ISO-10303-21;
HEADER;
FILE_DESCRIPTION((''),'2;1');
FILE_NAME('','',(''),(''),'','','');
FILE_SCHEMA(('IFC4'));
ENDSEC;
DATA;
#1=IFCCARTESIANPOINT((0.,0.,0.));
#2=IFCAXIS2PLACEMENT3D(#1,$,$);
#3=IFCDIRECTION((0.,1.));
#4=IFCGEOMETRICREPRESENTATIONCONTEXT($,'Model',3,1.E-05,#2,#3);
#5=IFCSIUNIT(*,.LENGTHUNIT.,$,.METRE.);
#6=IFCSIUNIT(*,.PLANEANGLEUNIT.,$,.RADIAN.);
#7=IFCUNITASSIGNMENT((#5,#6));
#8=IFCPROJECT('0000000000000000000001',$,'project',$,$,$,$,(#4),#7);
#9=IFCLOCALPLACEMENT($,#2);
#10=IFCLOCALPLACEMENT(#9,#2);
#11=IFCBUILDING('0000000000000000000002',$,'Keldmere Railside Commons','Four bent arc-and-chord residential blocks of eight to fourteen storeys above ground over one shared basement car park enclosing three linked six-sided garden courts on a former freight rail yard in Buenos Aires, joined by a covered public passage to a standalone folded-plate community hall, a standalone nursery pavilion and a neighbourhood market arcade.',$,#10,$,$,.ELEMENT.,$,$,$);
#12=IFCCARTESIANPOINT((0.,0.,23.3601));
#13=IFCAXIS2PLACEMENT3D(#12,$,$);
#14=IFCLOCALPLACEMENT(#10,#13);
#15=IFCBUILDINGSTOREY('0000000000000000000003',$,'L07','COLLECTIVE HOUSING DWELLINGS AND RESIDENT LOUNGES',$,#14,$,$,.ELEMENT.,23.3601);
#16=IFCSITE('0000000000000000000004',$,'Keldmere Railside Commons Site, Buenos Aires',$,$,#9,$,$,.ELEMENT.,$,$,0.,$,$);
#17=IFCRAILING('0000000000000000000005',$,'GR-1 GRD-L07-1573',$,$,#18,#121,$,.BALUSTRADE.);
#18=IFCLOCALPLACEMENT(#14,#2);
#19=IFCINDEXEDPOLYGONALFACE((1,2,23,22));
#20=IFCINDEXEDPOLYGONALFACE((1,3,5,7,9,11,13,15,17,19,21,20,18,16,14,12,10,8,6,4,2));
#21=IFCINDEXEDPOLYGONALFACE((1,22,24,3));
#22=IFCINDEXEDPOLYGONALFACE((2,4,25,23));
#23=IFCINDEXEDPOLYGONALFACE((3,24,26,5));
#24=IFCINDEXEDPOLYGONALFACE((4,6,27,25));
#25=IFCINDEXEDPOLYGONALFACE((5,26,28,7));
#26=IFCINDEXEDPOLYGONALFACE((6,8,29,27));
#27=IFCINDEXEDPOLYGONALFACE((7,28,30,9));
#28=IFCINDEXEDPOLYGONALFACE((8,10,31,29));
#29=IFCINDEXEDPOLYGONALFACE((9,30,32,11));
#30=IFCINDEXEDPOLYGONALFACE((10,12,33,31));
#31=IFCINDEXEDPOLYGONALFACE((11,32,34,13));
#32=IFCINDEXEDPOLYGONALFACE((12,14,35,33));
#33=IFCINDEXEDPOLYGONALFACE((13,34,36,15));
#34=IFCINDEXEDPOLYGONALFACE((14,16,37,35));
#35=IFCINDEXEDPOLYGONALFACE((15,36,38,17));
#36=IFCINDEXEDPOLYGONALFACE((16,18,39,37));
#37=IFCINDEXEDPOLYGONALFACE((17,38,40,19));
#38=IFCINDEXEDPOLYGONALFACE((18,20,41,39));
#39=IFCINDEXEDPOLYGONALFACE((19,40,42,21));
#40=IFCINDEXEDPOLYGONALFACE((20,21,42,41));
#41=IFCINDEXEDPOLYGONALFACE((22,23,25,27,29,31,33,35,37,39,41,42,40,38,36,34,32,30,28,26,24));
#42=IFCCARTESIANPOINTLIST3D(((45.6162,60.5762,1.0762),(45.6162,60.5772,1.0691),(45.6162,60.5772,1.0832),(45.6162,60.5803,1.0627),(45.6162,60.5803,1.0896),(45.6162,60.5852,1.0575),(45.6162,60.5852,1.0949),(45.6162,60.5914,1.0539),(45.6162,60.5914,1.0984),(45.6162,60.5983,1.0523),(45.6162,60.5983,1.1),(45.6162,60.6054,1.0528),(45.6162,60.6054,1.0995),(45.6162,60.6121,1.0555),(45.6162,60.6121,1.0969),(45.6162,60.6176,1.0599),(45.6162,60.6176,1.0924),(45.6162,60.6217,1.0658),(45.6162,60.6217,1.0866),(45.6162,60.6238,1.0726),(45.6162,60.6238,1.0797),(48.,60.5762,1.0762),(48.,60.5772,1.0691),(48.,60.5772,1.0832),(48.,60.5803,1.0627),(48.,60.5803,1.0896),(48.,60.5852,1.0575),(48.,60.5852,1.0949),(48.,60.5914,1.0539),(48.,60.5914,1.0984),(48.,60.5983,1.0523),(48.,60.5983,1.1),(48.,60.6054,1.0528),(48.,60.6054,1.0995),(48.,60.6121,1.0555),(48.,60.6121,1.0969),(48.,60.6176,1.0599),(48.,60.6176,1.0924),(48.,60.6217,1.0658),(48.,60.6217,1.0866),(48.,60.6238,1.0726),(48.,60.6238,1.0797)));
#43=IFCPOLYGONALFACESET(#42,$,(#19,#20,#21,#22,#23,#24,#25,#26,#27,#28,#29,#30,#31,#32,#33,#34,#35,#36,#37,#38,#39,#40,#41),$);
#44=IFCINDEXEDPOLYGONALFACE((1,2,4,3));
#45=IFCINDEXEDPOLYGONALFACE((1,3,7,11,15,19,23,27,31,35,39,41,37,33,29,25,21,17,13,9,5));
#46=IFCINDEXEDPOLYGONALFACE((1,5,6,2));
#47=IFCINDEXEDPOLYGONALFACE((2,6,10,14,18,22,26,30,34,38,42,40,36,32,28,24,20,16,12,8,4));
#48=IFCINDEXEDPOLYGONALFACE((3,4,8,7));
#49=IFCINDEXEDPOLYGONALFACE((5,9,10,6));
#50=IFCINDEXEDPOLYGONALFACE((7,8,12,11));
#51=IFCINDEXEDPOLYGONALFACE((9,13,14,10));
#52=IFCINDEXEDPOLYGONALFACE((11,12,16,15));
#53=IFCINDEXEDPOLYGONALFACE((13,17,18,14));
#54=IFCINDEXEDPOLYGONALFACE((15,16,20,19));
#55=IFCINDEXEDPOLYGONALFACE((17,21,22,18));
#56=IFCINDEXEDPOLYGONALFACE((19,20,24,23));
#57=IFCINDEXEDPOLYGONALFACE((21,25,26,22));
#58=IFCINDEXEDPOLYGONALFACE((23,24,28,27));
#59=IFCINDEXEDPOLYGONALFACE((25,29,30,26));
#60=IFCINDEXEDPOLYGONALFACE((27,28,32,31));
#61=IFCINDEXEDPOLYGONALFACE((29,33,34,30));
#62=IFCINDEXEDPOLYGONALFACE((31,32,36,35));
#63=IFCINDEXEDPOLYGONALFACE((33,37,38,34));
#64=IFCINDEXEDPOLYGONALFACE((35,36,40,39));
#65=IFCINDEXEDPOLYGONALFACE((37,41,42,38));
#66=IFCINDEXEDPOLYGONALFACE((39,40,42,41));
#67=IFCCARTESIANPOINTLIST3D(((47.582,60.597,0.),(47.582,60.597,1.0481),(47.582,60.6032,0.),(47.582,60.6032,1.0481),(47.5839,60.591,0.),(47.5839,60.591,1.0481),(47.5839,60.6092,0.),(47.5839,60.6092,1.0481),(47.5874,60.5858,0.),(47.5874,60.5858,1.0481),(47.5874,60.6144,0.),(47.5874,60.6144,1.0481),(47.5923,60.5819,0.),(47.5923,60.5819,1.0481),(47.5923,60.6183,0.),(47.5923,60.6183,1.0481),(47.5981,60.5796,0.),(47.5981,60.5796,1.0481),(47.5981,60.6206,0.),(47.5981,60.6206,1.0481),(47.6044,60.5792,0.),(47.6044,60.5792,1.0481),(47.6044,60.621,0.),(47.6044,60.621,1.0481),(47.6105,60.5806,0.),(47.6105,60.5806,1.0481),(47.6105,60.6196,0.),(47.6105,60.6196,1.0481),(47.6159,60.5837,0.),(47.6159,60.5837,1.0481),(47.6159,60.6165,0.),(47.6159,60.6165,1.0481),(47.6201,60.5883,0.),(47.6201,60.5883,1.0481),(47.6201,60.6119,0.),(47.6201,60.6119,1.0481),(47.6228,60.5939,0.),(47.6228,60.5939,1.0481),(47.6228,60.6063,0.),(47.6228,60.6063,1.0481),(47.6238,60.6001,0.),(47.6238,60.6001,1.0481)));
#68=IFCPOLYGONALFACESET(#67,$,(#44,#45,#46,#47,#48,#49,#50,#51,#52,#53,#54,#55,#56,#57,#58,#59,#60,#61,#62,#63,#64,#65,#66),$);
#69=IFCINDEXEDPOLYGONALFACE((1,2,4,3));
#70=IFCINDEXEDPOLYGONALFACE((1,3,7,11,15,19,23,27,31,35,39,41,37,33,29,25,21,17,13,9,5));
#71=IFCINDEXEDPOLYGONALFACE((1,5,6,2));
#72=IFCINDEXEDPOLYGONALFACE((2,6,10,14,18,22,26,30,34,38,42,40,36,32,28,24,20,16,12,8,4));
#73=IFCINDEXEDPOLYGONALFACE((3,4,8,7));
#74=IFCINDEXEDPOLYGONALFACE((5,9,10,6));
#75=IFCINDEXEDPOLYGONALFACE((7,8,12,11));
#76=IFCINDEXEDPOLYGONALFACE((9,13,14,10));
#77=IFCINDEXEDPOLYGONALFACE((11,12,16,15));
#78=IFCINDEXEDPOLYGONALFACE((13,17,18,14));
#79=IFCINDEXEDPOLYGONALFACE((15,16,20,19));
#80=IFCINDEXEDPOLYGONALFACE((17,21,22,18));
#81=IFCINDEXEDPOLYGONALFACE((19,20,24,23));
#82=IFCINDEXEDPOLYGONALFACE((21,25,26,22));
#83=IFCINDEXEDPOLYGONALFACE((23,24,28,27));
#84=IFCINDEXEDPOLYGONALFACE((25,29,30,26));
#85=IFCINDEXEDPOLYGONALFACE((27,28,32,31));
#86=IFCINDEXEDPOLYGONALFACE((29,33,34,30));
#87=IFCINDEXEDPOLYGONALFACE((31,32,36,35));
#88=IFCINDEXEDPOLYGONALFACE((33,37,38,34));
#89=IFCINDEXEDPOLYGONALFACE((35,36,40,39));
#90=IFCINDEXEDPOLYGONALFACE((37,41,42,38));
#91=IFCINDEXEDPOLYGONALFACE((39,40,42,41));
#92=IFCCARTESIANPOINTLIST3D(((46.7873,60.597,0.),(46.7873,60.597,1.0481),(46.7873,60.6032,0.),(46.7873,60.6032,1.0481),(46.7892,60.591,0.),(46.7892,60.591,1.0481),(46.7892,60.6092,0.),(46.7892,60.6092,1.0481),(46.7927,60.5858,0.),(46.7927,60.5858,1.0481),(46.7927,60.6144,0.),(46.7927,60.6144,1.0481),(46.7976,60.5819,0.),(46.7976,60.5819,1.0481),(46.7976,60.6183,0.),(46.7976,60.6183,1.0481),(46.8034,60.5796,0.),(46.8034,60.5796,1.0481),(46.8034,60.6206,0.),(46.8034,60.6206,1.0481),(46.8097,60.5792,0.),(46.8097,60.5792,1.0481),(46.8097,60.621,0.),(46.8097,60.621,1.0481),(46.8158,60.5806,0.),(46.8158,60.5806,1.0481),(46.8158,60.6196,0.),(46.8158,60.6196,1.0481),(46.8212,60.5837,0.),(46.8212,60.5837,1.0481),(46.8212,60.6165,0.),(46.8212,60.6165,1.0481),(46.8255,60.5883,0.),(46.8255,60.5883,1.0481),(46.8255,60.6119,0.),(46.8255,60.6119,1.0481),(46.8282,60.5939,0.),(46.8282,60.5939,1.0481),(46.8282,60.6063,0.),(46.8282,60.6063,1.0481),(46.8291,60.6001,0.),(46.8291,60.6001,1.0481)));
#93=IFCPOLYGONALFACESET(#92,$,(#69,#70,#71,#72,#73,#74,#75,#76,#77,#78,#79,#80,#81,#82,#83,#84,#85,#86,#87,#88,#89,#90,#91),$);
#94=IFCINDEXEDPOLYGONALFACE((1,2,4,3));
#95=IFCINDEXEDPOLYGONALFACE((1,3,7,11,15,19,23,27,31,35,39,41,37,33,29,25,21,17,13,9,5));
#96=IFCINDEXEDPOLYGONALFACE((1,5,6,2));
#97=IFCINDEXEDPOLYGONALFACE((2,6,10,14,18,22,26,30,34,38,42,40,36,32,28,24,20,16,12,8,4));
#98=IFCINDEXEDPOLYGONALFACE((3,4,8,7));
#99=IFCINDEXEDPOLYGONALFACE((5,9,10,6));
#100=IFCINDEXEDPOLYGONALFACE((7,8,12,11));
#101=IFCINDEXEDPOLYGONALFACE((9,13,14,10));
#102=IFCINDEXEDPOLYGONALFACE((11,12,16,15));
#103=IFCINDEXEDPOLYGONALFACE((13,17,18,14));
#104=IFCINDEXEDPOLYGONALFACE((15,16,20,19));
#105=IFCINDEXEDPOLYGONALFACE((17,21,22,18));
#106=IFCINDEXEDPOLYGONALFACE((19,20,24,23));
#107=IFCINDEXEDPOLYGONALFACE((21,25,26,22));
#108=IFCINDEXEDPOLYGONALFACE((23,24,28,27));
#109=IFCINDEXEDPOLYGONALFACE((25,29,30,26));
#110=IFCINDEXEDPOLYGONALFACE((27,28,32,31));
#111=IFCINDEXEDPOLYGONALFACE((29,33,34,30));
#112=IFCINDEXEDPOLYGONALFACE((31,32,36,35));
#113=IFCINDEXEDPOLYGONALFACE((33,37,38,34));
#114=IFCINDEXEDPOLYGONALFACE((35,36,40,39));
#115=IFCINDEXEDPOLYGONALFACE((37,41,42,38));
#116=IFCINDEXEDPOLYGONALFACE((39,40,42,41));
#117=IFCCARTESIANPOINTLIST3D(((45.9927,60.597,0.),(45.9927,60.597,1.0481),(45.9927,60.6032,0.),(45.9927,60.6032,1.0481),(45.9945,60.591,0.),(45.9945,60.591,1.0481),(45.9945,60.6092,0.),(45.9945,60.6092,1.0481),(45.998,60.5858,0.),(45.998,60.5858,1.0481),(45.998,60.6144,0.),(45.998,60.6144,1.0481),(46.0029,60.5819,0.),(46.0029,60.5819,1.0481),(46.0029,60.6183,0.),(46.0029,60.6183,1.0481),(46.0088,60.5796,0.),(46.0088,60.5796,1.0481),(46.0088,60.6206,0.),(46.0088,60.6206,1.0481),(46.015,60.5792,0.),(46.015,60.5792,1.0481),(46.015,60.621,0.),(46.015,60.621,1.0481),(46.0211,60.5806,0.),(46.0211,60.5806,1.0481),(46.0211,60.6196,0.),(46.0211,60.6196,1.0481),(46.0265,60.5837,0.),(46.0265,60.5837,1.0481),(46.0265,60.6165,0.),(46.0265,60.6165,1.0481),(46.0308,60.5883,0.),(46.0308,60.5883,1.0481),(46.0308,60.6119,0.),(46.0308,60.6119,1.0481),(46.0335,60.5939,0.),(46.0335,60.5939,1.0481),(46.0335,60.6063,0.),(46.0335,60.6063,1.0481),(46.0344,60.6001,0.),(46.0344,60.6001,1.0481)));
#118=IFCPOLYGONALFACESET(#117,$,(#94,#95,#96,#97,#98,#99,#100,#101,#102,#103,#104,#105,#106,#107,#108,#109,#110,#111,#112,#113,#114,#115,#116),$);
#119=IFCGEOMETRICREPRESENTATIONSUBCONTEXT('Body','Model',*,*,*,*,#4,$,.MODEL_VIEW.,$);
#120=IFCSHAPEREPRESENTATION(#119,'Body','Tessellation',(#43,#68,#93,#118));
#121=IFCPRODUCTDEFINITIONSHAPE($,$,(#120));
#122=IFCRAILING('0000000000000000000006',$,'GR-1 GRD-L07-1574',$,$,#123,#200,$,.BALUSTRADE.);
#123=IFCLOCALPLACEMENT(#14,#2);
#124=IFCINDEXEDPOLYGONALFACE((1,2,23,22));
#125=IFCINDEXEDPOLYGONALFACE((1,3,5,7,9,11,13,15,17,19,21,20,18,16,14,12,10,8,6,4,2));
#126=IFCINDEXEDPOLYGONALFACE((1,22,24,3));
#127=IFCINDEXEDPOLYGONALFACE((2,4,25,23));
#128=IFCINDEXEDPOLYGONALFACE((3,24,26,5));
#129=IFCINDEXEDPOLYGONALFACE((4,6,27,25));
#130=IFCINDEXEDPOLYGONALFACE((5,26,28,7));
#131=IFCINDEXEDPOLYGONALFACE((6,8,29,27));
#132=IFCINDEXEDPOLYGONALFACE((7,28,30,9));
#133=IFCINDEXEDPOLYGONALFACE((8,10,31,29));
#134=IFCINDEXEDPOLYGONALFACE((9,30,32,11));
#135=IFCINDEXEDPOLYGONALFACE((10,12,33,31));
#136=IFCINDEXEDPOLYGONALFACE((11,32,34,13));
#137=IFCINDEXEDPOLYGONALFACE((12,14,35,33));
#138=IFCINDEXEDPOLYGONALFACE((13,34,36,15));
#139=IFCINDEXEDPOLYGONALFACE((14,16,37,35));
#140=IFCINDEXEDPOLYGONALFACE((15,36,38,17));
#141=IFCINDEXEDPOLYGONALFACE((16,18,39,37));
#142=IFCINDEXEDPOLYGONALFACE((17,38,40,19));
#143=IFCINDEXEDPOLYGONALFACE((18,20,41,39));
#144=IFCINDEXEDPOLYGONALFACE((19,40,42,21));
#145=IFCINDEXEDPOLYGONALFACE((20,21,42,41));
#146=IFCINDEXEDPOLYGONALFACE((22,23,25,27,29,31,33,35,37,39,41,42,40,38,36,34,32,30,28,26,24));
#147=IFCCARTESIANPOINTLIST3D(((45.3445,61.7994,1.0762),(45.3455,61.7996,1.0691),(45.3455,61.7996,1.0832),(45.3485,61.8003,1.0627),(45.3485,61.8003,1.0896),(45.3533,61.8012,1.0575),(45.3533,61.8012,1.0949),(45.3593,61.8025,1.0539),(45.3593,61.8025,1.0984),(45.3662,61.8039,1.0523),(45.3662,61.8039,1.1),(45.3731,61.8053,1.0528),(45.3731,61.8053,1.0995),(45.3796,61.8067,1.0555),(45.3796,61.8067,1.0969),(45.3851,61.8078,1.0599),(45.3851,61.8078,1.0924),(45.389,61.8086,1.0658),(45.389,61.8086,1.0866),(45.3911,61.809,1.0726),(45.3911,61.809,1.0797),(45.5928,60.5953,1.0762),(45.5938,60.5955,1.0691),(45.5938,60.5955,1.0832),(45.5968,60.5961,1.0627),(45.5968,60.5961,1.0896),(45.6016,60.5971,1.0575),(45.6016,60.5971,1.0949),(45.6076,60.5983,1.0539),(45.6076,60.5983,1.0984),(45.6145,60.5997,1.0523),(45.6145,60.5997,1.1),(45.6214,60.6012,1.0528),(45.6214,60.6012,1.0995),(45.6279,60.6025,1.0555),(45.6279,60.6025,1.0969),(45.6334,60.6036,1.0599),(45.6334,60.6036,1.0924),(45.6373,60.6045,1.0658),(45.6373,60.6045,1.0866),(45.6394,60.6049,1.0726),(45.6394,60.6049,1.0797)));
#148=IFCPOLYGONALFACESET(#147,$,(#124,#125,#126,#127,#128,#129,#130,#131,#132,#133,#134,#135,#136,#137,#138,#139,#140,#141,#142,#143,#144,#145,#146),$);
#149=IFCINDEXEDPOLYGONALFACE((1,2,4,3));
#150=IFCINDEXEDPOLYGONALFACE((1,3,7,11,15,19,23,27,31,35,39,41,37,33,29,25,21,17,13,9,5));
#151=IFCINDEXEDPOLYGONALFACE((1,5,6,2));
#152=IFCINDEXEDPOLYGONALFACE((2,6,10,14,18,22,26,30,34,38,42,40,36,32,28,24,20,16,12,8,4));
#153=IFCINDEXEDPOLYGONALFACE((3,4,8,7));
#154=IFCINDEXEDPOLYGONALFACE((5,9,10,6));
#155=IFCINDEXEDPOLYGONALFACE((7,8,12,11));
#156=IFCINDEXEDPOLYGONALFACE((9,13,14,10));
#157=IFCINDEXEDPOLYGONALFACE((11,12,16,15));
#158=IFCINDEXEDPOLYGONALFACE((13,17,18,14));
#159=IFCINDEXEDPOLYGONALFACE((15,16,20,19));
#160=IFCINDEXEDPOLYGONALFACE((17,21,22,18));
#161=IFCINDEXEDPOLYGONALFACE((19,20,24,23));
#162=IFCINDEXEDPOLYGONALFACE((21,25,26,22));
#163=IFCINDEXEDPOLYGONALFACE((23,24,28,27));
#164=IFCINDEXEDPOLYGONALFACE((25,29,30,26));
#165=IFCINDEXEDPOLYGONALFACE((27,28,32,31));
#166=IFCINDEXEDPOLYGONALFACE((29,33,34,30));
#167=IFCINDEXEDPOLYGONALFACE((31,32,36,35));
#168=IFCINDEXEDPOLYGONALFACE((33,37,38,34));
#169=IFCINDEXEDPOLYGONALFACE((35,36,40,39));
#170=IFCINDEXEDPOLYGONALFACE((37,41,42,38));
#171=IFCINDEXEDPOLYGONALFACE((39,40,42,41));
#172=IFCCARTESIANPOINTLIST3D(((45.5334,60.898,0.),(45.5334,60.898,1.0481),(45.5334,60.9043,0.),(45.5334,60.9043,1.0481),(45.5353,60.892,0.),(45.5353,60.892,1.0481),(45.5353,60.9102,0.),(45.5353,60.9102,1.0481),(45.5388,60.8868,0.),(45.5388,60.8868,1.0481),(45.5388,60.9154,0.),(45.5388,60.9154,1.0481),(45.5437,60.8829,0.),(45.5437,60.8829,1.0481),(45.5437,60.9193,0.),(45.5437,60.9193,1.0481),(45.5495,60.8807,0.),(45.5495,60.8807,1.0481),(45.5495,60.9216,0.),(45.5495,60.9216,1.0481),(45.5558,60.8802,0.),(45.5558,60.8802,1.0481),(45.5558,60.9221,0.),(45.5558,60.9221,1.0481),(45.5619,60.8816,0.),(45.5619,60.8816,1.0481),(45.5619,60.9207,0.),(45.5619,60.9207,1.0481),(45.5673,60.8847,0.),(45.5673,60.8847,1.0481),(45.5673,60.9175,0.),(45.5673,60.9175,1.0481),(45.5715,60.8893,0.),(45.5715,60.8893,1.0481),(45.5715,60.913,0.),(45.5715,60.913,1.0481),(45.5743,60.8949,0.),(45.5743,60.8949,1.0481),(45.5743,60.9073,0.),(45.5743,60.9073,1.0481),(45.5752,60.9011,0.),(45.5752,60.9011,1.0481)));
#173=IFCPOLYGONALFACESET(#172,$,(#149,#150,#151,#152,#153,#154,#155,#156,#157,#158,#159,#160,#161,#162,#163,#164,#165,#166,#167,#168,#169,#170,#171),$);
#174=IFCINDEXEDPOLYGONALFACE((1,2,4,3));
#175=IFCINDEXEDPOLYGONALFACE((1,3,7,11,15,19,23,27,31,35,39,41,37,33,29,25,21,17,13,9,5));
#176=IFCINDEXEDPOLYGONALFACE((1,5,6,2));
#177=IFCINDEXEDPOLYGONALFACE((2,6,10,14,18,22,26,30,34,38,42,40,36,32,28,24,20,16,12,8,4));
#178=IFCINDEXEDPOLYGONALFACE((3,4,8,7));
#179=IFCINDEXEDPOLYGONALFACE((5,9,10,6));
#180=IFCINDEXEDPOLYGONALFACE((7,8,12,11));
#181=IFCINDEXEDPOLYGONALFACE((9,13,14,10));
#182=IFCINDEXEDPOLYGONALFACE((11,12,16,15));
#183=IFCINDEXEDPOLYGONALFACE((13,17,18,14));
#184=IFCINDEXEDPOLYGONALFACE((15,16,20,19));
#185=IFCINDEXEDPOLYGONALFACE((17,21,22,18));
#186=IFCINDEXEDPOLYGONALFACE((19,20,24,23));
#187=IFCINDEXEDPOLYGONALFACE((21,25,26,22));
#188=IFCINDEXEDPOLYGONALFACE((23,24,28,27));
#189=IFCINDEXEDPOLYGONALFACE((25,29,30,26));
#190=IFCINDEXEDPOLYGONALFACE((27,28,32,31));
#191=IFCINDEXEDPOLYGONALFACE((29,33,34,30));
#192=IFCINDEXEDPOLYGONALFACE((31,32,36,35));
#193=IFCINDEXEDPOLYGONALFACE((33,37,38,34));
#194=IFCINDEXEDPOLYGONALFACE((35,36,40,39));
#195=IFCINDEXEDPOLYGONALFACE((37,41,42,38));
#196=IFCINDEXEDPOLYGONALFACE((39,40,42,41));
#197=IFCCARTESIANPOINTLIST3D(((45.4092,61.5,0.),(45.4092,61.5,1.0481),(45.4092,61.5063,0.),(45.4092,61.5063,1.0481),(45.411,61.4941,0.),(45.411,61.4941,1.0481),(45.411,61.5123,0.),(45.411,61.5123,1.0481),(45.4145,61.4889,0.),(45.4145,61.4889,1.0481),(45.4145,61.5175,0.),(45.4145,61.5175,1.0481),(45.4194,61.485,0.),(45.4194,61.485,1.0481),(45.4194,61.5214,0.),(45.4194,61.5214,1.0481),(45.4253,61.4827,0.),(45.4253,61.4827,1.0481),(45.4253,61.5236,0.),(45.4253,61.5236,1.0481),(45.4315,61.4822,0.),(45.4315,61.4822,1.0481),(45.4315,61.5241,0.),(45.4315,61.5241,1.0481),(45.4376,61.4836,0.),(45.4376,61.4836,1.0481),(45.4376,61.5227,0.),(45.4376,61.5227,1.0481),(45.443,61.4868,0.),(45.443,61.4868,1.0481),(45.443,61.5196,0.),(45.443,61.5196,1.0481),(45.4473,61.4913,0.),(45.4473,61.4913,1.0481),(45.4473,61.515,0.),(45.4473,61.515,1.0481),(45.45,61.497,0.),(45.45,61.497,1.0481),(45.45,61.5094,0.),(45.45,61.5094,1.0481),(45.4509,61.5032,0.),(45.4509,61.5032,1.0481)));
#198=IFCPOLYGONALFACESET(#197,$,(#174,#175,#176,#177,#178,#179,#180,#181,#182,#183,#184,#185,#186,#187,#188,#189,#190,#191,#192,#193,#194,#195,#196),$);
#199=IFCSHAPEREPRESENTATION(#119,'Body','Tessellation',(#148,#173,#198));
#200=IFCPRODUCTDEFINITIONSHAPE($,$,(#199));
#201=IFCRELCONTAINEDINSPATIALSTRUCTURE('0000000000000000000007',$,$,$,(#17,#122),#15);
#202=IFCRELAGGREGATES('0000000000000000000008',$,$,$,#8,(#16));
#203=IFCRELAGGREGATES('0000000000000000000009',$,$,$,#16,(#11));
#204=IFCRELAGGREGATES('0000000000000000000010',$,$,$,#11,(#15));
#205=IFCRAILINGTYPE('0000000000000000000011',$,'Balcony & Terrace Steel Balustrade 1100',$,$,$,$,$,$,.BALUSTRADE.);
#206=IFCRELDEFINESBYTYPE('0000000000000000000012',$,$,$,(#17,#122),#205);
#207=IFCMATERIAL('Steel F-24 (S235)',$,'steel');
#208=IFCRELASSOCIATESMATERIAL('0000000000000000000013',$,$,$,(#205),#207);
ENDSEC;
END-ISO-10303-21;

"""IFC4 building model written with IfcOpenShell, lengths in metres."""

from ifc_helpers import new_model, si_unit, direction, frame, origin, origin_2d, place, context, subcontext, project, spatial, circle, extrude, material, type_object, element, save


model = new_model("IFC4")

# Units and contexts
model_context = context("Model", 3, precision=1e-05, world=origin(), true_north=direction((0.0, 1.0)))
body_context = subcontext(model_context, "Body", "Model", "MODEL_VIEW")
ifc_project = project(units=[si_unit("LENGTHUNIT", "METRE"), si_unit("PLANEANGLEUNIT", "RADIAN")], contexts=[model_context])

# Site, building, storey
site_placement = place(None, origin())
site = spatial("IfcSite", under=ifc_project, at=site_placement, Name="Keldmere Railside Commons Site, Buenos Aires", CompositionType="ELEMENT", RefElevation=0.0)
building_placement = place(site_placement, origin())
building = spatial("IfcBuilding", under=site, at=building_placement, Name="Keldmere Railside Commons", Description="Four bent arc-and-chord residential blocks of eight to fourteen storeys above ground over one shared basement car park enclosing three linked six-sided garden courts on a former freight rail yard in Buenos Aires, joined by a covered public passage to a standalone folded-plate community hall, a standalone nursery pavilion and a neighbourhood market arcade.", CompositionType="ELEMENT")
storey_placement = place(building_placement, frame((0.0, 0.0, 23.3601)))
storey = spatial("IfcBuildingStorey", under=building, at=storey_placement, Name="L07", Description="COLLECTIVE HOUSING DWELLINGS AND RESIDENT LOUNGES", CompositionType="ELEMENT", Elevation=23.3601)

# Railings
ifc_material_1 = material(Name="Steel F-24 (S235)", Category="steel")
railing_type = type_object("IfcRailingType", Name="Balcony & Terrace Steel Balustrade 1100", PredefinedType="BALUSTRADE", material=ifc_material_1)
railing_1_placement = place(storey_placement, frame((48.0, 60.6001, 0.0)))
element("IfcRailing", 1, at=railing_1_placement, inside=storey, type_object=railing_type, Name="GR-1 GRD-L07-1573", PredefinedType="BALUSTRADE", context=body_context, shape_type="SweptSolid", body=[
    extrude(circle(Radius=0.0239, at=origin_2d()), frame((0.0, 0.0, 1.0762), z_axis=(-1.0, 0.0, 0.0), x_axis=(0.0, -1.0, 0.0)), (0.0, 0.0, 1.0), 2.3838),
    extrude(circle(Radius=0.021, at=origin_2d()), frame((-0.3972, 0.0, 0.0)), (0.0, 0.0, 1.0), 1.0481),
    extrude(circle(Radius=0.021, at=origin_2d()), frame((-1.1919, 0.0, 0.0)), (0.0, 0.0, 1.0), 1.0481),
    extrude(circle(Radius=0.021, at=origin_2d()), frame((-1.9866, 0.0, 0.0)), (0.0, 0.0, 1.0), 1.0481),
])
railing_2_placement = place(storey_placement, frame((45.6162, 60.6001, 0.0)))
element("IfcRailing", 2, at=railing_2_placement, inside=storey, type_object=railing_type, Name="GR-1 GRD-L07-1574", PredefinedType="BALUSTRADE", context=body_context, shape_type="SweptSolid", body=[
    extrude(circle(Radius=0.0239, at=origin_2d()), frame((0.0, 0.0, 1.0762), z_axis=(-0.201955, 0.979395, 0.0), x_axis=(-0.979395, -0.201955, 0.0)), (0.0, 0.0, 1.0), 1.2295),
    extrude(circle(Radius=0.021, at=origin_2d()), frame((-0.062, 0.301, 0.0)), (0.0, 0.0, 1.0), 1.0481),
    extrude(circle(Radius=0.021, at=origin_2d()), frame((-0.1863, 0.9031, 0.0)), (0.0, 0.0, 1.0), 1.0481),
])

save(model, "model.ifc")
